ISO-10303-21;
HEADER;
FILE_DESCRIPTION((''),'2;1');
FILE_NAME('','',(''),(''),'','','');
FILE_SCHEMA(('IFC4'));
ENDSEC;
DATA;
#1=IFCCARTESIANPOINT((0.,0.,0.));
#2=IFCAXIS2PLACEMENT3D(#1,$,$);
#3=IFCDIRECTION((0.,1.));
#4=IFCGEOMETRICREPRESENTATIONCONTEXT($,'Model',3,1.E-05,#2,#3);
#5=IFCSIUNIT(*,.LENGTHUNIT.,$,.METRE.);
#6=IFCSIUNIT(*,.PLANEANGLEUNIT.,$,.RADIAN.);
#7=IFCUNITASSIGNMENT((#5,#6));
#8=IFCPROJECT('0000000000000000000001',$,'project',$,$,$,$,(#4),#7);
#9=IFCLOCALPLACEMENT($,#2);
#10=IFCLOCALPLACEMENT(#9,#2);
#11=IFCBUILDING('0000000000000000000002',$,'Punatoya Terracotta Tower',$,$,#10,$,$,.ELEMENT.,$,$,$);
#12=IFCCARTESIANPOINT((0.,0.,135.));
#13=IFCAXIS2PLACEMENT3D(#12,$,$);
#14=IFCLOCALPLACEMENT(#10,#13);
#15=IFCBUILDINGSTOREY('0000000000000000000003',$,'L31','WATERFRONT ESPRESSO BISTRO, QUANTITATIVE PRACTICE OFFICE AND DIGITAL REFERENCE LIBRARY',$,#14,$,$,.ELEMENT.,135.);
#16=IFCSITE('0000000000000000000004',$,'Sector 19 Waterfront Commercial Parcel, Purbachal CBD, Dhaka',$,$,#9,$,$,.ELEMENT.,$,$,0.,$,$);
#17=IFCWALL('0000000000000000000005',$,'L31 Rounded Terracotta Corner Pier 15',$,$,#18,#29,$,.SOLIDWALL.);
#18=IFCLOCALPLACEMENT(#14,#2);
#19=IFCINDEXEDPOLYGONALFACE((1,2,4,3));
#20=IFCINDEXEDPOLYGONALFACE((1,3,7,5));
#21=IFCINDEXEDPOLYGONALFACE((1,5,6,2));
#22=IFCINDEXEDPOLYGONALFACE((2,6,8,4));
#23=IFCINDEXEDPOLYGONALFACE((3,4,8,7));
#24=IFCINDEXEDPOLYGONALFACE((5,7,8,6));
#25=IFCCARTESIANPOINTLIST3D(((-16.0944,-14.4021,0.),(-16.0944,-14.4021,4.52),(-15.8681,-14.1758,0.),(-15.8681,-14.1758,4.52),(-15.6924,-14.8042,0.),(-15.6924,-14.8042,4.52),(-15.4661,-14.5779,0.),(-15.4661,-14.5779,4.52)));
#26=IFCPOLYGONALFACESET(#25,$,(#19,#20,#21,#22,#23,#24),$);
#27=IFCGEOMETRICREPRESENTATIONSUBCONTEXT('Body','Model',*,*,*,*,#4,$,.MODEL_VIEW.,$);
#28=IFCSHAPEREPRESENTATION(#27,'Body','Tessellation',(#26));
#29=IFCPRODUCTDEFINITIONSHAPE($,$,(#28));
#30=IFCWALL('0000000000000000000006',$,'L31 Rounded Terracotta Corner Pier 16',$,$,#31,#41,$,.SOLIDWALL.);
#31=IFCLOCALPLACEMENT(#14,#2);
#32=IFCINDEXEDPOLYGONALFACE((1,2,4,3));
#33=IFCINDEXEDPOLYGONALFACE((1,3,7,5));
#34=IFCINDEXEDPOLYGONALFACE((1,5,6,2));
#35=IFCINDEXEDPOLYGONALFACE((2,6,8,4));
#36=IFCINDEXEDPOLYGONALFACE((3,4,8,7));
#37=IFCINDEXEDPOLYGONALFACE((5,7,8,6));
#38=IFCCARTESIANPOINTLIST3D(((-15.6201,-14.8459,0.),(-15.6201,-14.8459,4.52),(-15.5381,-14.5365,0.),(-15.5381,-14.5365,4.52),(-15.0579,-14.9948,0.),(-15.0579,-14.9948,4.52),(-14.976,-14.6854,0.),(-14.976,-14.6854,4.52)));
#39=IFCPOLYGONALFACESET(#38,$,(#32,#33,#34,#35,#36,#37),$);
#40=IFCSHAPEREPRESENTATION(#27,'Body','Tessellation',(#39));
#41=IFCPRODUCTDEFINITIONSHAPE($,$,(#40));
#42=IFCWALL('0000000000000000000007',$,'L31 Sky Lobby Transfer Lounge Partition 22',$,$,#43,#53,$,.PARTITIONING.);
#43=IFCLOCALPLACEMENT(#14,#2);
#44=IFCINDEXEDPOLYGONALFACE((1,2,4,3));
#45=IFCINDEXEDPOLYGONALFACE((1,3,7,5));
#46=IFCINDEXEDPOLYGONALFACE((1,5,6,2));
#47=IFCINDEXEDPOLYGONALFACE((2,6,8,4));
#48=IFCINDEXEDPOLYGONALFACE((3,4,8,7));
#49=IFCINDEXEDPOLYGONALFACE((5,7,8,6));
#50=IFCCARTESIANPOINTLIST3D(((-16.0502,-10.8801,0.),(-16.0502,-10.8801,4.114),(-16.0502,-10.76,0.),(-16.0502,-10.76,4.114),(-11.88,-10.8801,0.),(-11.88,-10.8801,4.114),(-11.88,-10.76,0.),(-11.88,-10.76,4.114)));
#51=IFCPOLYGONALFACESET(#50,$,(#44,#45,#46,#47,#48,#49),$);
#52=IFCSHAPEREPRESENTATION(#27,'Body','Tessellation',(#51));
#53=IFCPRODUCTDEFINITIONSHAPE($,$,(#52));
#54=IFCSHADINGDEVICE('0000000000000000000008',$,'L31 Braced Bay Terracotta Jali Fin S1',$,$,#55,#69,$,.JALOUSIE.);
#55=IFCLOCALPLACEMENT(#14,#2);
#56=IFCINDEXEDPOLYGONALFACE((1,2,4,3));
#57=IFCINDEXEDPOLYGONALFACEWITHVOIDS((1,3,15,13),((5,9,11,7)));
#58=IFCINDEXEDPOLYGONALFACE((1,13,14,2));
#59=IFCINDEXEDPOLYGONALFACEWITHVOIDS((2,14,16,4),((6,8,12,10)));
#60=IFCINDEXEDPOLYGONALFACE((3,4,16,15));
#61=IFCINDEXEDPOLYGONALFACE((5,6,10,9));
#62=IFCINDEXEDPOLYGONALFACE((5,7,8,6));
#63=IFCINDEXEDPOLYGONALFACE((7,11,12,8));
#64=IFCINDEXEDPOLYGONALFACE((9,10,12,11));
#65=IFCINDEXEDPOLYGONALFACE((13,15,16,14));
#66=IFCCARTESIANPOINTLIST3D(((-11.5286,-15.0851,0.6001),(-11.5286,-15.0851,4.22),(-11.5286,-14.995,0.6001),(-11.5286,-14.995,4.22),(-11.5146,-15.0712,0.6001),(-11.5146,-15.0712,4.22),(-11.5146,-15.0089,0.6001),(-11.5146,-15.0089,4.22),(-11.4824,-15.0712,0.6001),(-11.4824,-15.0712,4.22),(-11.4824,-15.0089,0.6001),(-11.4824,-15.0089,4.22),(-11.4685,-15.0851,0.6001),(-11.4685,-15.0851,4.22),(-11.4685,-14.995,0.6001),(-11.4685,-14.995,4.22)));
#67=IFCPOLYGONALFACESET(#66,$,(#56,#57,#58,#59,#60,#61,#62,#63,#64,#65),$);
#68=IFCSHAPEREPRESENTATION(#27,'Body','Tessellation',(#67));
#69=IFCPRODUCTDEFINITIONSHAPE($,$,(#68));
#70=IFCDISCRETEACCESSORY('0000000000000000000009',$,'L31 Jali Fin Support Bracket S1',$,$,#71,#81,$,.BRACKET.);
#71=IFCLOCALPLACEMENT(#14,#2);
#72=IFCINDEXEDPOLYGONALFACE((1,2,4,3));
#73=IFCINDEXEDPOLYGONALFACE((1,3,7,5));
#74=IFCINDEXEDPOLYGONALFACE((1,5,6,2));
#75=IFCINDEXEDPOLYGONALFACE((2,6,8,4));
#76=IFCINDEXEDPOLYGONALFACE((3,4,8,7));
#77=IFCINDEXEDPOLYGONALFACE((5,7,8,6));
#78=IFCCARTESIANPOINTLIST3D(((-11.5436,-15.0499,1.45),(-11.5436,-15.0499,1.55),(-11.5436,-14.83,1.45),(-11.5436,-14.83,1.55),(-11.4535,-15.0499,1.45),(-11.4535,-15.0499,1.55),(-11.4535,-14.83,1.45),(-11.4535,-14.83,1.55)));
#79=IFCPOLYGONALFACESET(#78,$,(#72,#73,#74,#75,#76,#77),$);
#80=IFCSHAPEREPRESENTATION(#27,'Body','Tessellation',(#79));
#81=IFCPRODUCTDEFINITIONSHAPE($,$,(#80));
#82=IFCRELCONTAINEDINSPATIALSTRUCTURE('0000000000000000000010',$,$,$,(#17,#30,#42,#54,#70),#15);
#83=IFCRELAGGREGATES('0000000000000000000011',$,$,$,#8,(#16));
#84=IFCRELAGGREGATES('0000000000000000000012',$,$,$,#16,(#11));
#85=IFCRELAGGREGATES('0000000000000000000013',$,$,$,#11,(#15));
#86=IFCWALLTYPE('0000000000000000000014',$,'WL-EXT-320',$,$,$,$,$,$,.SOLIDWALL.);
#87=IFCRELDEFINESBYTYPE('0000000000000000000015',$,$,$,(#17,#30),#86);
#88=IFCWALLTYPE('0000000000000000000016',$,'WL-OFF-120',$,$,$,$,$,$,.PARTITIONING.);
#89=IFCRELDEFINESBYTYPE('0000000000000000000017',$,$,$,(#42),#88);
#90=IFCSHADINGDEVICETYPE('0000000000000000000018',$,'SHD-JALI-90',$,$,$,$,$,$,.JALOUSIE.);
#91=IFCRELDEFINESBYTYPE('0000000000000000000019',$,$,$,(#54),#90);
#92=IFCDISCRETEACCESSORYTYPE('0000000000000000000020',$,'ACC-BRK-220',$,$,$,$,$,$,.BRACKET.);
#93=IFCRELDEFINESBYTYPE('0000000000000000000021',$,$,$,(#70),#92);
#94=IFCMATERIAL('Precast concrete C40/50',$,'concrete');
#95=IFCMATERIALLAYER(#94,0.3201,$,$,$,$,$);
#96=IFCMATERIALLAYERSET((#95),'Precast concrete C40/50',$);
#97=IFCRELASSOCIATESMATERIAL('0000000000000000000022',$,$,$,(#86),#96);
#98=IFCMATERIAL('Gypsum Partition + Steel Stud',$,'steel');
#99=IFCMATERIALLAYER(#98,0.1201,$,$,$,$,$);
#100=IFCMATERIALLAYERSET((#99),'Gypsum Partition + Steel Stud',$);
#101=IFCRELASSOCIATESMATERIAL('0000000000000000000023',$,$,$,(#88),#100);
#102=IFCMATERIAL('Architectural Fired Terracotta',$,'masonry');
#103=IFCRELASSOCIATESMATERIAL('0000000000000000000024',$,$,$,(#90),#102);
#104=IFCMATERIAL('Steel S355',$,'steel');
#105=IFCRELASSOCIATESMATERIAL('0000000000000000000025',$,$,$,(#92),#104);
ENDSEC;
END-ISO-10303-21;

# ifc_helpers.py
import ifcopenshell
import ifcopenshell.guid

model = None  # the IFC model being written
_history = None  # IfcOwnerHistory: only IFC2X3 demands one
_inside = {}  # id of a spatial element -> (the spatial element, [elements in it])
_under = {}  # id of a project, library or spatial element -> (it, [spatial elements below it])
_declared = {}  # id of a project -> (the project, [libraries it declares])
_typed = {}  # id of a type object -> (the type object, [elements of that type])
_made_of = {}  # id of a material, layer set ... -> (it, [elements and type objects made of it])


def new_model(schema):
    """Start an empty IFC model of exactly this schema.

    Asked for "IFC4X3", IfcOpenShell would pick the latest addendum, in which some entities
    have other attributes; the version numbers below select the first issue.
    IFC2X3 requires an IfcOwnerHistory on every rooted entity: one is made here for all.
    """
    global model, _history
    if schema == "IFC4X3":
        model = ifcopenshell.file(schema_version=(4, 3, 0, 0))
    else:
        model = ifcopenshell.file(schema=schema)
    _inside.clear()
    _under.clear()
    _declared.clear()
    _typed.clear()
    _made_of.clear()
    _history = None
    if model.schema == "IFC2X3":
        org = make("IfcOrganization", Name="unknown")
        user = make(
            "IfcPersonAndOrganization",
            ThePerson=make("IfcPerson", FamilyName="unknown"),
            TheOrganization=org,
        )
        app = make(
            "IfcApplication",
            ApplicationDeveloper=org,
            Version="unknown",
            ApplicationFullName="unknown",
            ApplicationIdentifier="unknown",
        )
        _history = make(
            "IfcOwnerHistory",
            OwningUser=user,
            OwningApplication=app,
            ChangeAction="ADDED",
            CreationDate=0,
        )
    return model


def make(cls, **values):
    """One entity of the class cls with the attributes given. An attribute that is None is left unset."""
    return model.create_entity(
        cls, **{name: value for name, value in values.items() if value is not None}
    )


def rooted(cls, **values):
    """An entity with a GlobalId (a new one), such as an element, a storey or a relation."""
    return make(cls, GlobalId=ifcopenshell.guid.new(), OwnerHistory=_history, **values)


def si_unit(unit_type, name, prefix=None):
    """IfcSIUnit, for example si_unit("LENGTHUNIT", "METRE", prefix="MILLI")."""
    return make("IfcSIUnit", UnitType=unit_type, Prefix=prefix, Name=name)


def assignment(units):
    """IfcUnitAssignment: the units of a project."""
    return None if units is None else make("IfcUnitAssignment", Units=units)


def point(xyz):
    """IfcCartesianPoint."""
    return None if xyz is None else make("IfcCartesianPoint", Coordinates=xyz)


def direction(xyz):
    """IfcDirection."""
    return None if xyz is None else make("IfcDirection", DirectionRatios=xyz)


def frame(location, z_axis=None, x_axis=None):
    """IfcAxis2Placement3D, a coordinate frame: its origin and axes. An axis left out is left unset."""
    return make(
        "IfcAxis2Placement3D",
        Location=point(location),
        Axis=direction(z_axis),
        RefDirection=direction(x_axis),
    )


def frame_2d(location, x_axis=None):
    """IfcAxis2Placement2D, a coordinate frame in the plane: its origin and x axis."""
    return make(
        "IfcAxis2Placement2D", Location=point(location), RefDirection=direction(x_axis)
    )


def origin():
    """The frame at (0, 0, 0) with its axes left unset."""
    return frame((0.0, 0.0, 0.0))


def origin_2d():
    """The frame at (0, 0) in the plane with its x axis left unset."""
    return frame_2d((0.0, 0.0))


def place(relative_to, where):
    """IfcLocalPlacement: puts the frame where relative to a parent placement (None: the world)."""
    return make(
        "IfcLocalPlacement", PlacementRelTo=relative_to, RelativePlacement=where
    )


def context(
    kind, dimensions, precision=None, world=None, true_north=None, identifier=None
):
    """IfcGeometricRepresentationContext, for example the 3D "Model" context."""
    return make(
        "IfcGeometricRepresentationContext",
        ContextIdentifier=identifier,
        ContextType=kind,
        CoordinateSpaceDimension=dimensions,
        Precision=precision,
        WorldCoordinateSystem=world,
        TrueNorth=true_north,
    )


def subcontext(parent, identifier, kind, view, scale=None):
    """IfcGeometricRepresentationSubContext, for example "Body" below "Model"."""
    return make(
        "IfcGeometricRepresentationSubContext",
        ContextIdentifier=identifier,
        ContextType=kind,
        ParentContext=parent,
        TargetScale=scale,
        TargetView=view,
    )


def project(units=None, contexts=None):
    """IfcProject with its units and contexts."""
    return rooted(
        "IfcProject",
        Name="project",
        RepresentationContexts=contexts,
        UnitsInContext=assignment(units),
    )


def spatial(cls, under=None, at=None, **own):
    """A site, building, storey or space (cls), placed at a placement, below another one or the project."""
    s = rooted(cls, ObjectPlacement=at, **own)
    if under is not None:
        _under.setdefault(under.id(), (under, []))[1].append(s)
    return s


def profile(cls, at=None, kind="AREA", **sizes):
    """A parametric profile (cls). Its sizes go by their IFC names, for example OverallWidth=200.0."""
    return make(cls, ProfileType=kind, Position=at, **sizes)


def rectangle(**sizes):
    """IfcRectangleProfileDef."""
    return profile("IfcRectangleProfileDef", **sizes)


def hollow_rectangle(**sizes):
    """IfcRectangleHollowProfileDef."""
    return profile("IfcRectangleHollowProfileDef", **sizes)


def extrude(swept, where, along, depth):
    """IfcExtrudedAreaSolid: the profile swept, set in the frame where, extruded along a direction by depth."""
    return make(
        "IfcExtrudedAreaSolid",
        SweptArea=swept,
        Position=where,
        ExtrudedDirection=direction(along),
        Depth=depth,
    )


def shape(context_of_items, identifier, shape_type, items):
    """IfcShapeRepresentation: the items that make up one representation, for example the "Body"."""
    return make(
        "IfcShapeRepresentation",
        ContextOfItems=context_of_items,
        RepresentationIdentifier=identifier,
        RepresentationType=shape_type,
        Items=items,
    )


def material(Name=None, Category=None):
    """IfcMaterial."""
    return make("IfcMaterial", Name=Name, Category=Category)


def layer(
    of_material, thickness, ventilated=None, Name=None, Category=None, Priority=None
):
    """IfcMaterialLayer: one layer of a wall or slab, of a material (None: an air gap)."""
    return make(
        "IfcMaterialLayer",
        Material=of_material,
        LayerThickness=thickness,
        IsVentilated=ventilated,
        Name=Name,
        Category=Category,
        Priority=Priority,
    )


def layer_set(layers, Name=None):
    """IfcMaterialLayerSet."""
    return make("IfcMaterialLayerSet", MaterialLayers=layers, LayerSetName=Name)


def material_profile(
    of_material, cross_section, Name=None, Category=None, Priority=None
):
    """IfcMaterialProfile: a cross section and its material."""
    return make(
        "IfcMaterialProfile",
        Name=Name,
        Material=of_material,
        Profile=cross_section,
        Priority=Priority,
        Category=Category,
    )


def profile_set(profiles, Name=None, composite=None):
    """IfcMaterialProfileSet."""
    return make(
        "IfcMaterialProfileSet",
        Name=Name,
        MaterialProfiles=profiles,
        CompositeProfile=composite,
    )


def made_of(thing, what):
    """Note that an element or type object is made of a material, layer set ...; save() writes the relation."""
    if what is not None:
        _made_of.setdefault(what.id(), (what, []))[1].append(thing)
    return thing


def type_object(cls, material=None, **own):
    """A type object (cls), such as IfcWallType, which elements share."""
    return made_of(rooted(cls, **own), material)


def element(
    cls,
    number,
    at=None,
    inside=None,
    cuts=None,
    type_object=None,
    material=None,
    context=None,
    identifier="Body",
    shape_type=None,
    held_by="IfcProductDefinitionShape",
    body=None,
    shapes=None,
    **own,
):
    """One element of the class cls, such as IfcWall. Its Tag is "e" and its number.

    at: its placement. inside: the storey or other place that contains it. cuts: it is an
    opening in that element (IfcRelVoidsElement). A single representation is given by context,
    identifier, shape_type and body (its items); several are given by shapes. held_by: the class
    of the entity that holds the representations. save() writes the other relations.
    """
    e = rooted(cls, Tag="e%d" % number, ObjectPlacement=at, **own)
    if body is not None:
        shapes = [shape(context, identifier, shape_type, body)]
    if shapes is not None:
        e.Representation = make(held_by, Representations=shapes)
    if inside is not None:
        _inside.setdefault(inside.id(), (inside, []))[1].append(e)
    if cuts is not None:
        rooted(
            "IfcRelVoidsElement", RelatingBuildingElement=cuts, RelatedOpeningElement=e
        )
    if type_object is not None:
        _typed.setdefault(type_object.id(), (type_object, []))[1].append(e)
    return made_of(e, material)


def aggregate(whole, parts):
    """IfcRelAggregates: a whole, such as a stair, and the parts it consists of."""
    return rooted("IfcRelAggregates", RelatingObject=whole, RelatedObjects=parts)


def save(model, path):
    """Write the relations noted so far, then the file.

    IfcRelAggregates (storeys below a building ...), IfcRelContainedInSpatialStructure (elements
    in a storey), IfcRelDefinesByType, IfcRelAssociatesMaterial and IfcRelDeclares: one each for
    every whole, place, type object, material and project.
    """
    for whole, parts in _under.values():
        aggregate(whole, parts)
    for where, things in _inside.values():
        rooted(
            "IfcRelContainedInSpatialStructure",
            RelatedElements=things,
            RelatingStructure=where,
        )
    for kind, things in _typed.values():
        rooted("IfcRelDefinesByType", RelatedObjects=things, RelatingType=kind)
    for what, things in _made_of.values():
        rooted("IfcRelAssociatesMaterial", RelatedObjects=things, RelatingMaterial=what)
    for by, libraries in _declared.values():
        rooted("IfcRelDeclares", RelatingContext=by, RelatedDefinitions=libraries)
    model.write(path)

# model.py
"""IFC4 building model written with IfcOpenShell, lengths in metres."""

from ifc_helpers import new_model, si_unit, direction, frame, frame_2d, origin, origin_2d, place, context, subcontext, project, spatial, rectangle, hollow_rectangle, extrude, material, layer, layer_set, material_profile, profile_set, type_object, element, save


model = new_model("IFC4")

# Units and contexts
model_context = context("Model", 3, precision=1e-05, world=origin(), true_north=direction((0.0, 1.0)))
body_context = subcontext(model_context, "Body", "Model", "MODEL_VIEW")
ifc_project = project(units=[si_unit("LENGTHUNIT", "METRE"), si_unit("PLANEANGLEUNIT", "RADIAN")], contexts=[model_context])

# Site, building, storey
site_placement = place(None, origin())
site = spatial("IfcSite", under=ifc_project, at=site_placement, Name="Sector 19 Waterfront Commercial Parcel, Purbachal CBD, Dhaka", CompositionType="ELEMENT", RefElevation=0.0)
building_placement = place(site_placement, origin())
building = spatial("IfcBuilding", under=site, at=building_placement, Name="Punatoya Terracotta Tower", CompositionType="ELEMENT")
storey_placement = place(building_placement, frame((0.0, 0.0, 135.0)))
storey = spatial("IfcBuildingStorey", under=building, at=storey_placement, Name="L31", Description="WATERFRONT ESPRESSO BISTRO, QUANTITATIVE PRACTICE OFFICE AND DIGITAL REFERENCE LIBRARY", CompositionType="ELEMENT", Elevation=135.0)

# Shared definitions
ifc_material_1 = material(Name="Steel S355", Category="steel")

# Walls
ifc_material_2 = material(Name="Precast concrete C40/50", Category="concrete")
ifc_layer_1 = layer(ifc_material_2, 0.3201)
ifc_layer_set_1 = layer_set([ifc_layer_1], Name="Precast concrete C40/50")
wall_type_1 = type_object("IfcWallType", Name="WL-EXT-320", PredefinedType="SOLIDWALL", material=ifc_layer_set_1)
wall_1_placement = place(storey_placement, frame((-15.9812, -14.2891, 0.0), z_axis=(0.0, 0.0, 1.0), x_axis=(0.707107, -0.707107, 0.0)))
element("IfcWall", 1, at=wall_1_placement, inside=storey, type_object=wall_type_1, Name="L31 Rounded Terracotta Corner Pier 15", PredefinedType="SOLIDWALL", context=body_context, shape_type="SweptSolid", body=[
    extrude(rectangle(XDim=0.5686, YDim=0.3201, at=frame_2d((0.2842, 0.0))), origin(), (0.0, 0.0, 1.0), 4.52),
])
wall_2_placement = place(storey_placement, frame((-15.5791, -14.6912, 0.0), z_axis=(0.0, 0.0, 1.0), x_axis=(0.966666, -0.256043, 0.0)))
element("IfcWall", 2, at=wall_2_placement, inside=storey, type_object=wall_type_1, Name="L31 Rounded Terracotta Corner Pier 16", PredefinedType="SOLIDWALL", context=body_context, shape_type="SweptSolid", body=[
    extrude(rectangle(XDim=0.5815, YDim=0.3201, at=frame_2d((0.2908, 0.0))), origin(), (0.0, 0.0, 1.0), 4.52),
])
ifc_material_3 = material(Name="Gypsum Partition + Steel Stud", Category="steel")
ifc_layer_2 = layer(ifc_material_3, 0.1201)
ifc_layer_set_2 = layer_set([ifc_layer_2], Name="Gypsum Partition + Steel Stud")
wall_type_2 = type_object("IfcWallType", Name="WL-OFF-120", PredefinedType="PARTITIONING", material=ifc_layer_set_2)
wall_3_placement = place(storey_placement, frame((-16.05, -10.8201, 0.0), z_axis=(0.0, 0.0, 1.0), x_axis=(1.0, 0.0, 0.0)))
element("IfcWall", 3, at=wall_3_placement, inside=storey, type_object=wall_type_2, Name="L31 Sky Lobby Transfer Lounge Partition 22", PredefinedType="PARTITIONING", context=body_context, shape_type="SweptSolid", body=[
    extrude(rectangle(XDim=4.1702, YDim=0.1201, at=frame_2d((2.085, 0.0))), origin(), (0.0, 0.0, 1.0), 4.114),
])

# Shading device
ifc_material_4 = material(Name="Architectural Fired Terracotta", Category="masonry")
ifc_material_profile_1 = material_profile(ifc_material_4, hollow_rectangle(XDim=0.0601, YDim=0.0901, WallThickness=0.0139, at=origin_2d()))
ifc_profile_set_1 = profile_set([ifc_material_profile_1], Name="Architectural Fired Terracotta")
shading_device_type = type_object("IfcShadingDeviceType", Name="SHD-JALI-90", PredefinedType="JALOUSIE", material=ifc_profile_set_1)
shading_device_placement = place(storey_placement, frame((-11.4985, -15.04, 0.6001), z_axis=(0.0, 0.0, 1.0), x_axis=(1.0, 0.0, 0.0)))
element("IfcShadingDevice", 4, at=shading_device_placement, inside=storey, type_object=shading_device_type, Name="L31 Braced Bay Terracotta Jali Fin S1", PredefinedType="JALOUSIE", context=body_context, shape_type="SweptSolid", body=[
    extrude(hollow_rectangle(XDim=0.0601, YDim=0.0901, WallThickness=0.0139, at=origin_2d()), origin(), (0.0, 0.0, 1.0), 3.6199),
])

# Discrete accessory
discrete_accessory_type = type_object("IfcDiscreteAccessoryType", Name="ACC-BRK-220", PredefinedType="BRACKET", material=ifc_material_1)
discrete_accessory_placement = place(storey_placement, frame((-11.4985, -14.9399, 1.45), z_axis=(0.0, 0.0, 1.0), x_axis=(1.0, 0.0, 0.0)))
element("IfcDiscreteAccessory", 5, at=discrete_accessory_placement, inside=storey, type_object=discrete_accessory_type, Name="L31 Jali Fin Support Bracket S1", PredefinedType="BRACKET", context=body_context, shape_type="SweptSolid", body=[
    extrude(rectangle(XDim=0.0901, YDim=0.22, at=origin_2d()), origin(), (0.0, 0.0, 1.0), 0.1001),
])

save(model, "model.ifc")
